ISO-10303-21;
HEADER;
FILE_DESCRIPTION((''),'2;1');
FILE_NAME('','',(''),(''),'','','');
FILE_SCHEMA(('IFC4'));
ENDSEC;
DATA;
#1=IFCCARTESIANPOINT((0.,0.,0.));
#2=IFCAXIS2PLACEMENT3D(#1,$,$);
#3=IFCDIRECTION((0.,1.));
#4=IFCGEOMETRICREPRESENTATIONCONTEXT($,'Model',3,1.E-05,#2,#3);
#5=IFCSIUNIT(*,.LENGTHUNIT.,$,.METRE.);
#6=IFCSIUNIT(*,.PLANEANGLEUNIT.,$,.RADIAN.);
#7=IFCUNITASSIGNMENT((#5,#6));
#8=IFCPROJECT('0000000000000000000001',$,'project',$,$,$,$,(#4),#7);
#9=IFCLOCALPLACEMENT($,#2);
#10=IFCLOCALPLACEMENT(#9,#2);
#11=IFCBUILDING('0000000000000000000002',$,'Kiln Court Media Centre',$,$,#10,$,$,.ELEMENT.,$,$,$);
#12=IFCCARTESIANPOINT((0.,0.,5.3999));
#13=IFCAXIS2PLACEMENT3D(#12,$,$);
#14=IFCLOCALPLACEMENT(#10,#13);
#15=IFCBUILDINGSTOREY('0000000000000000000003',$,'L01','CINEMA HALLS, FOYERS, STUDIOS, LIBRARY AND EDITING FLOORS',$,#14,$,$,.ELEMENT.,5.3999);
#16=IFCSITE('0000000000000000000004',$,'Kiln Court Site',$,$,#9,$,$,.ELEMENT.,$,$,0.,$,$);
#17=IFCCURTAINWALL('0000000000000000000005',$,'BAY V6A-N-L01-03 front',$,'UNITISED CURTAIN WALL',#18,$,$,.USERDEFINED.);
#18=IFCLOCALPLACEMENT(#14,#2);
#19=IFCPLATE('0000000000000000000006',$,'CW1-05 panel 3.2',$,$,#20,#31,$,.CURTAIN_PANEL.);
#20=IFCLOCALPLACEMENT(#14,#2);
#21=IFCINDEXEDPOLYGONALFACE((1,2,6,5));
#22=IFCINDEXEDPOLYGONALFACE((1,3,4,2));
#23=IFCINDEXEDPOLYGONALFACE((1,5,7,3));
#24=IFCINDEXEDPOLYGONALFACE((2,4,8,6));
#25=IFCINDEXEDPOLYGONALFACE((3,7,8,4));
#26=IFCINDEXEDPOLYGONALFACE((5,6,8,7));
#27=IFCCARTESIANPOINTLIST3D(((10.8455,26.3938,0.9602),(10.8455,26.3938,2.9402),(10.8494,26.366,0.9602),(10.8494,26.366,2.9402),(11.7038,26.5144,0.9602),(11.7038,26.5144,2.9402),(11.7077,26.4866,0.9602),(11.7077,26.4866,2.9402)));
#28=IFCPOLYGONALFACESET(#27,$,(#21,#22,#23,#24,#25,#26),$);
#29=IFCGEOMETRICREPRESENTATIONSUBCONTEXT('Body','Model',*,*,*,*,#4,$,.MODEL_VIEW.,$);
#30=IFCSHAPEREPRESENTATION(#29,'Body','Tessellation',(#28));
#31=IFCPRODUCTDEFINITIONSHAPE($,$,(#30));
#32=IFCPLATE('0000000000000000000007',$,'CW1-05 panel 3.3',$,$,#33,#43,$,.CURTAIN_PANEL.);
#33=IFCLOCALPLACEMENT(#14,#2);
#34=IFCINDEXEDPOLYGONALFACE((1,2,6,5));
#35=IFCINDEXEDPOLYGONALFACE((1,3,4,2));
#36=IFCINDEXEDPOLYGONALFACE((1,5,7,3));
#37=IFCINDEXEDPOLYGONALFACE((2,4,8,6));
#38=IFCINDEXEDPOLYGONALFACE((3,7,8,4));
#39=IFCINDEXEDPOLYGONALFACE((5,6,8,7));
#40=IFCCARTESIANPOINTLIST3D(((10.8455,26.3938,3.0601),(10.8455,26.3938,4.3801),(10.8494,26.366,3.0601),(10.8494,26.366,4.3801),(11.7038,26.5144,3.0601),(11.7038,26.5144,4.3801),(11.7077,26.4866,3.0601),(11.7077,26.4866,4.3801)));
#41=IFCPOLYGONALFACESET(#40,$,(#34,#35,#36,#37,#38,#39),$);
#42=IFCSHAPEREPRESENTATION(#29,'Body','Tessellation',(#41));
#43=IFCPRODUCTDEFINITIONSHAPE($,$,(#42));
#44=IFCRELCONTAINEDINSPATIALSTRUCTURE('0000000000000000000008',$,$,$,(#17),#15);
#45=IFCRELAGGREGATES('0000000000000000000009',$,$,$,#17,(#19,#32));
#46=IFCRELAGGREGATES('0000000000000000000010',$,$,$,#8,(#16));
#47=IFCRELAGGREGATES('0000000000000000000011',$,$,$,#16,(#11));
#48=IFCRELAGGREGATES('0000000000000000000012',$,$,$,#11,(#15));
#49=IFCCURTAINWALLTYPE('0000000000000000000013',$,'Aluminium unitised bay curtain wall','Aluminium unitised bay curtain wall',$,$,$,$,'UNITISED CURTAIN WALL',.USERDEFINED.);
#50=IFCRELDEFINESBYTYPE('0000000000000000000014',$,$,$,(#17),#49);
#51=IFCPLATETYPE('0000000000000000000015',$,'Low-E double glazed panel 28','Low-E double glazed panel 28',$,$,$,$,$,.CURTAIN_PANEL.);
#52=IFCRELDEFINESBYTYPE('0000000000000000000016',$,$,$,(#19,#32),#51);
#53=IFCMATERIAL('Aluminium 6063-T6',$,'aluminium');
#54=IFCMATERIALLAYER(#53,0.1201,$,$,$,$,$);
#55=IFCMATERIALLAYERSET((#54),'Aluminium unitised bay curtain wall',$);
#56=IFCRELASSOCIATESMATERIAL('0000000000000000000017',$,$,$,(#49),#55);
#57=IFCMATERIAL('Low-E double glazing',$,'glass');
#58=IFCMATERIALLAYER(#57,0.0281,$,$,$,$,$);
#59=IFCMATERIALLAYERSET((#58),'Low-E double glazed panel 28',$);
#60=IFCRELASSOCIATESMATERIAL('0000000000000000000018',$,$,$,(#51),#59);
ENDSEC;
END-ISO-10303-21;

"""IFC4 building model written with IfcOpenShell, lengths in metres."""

from ifc_helpers import new_model, si_unit, direction, frame, origin, origin_2d, place, context, subcontext, project, spatial, rectangle, extrude, material, layer, layer_set, type_object, element, aggregate, save


model = new_model("IFC4")

# Units and contexts
model_context = context("Model", 3, precision=1e-05, world=origin(), true_north=direction((0.0, 1.0)))
body_context = subcontext(model_context, "Body", "Model", "MODEL_VIEW")
ifc_project = project(units=[si_unit("LENGTHUNIT", "METRE"), si_unit("PLANEANGLEUNIT", "RADIAN")], contexts=[model_context])

# Site, building, storey
site_placement = place(None, origin())
site = spatial("IfcSite", under=ifc_project, at=site_placement, Name="Kiln Court Site", CompositionType="ELEMENT", RefElevation=0.0)
building_placement = place(site_placement, origin())
building = spatial("IfcBuilding", under=site, at=building_placement, Name="Kiln Court Media Centre", CompositionType="ELEMENT")
storey_placement = place(building_placement, frame((0.0, 0.0, 5.3999)))
storey = spatial("IfcBuildingStorey", under=building, at=storey_placement, Name="L01", Description="CINEMA HALLS, FOYERS, STUDIOS, LIBRARY AND EDITING FLOORS", CompositionType="ELEMENT", Elevation=5.3999)

# Shared definitions
ifc_material_1 = material(Name="Aluminium 6063-T6", Category="aluminium")
ifc_layer_1 = layer(ifc_material_1, 0.1201)
ifc_layer_set_1 = layer_set([ifc_layer_1], Name="Aluminium unitised bay curtain wall")
curtain_wall_type = type_object("IfcCurtainWallType", Name="Aluminium unitised bay curtain wall", Description="Aluminium unitised bay curtain wall", ElementType="UNITISED CURTAIN WALL", PredefinedType="USERDEFINED", material=ifc_layer_set_1)

# Curtain wall
curtain_wall_1_placement = place(storey_placement, origin())
curtain_wall_1 = element("IfcCurtainWall", 1, at=curtain_wall_1_placement, inside=storey, type_object=curtain_wall_type, Name="BAY V6A-N-L01-03 front", ObjectType="UNITISED CURTAIN WALL", PredefinedType="USERDEFINED")

# Plates
ifc_material_2 = material(Name="Low-E double glazing", Category="glass")
ifc_layer_2 = layer(ifc_material_2, 0.0281)
ifc_layer_set_2 = layer_set([ifc_layer_2], Name="Low-E double glazed panel 28")
plate_type_1 = type_object("IfcPlateType", Name="Low-E double glazed panel 28", Description="Low-E double glazed panel 28", PredefinedType="CURTAIN_PANEL", material=ifc_layer_set_2)
plate_1_placement = place(storey_placement, frame((11.2766, 26.4402, 0.9602), z_axis=(0.0, 0.0, 1.0), x_axis=(0.99027, 0.139162, 0.0)))
plate_1 = element("IfcPlate", 2, at=plate_1_placement, type_object=plate_type_1, Name="CW1-05 panel 3.2", PredefinedType="CURTAIN_PANEL", context=body_context, shape_type="SweptSolid", body=[
    extrude(rectangle(XDim=0.8667, YDim=0.0281, at=origin_2d()), origin(), (0.0, 0.0, 1.0), 1.98),
])
plate_2_placement = place(storey_placement, frame((11.2766, 26.4402, 3.0601), z_axis=(0.0, 0.0, 1.0), x_axis=(0.99027, 0.139162, 0.0)))
plate_2 = element("IfcPlate", 3, at=plate_2_placement, type_object=plate_type_1, Name="CW1-05 panel 3.3", PredefinedType="CURTAIN_PANEL", context=body_context, shape_type="SweptSolid", body=[
    extrude(rectangle(XDim=0.8667, YDim=0.0281, at=origin_2d()), origin(), (0.0, 0.0, 1.0), 1.3201),
])
aggregate(curtain_wall_1, [plate_1, plate_2])

save(model, "model.ifc")
